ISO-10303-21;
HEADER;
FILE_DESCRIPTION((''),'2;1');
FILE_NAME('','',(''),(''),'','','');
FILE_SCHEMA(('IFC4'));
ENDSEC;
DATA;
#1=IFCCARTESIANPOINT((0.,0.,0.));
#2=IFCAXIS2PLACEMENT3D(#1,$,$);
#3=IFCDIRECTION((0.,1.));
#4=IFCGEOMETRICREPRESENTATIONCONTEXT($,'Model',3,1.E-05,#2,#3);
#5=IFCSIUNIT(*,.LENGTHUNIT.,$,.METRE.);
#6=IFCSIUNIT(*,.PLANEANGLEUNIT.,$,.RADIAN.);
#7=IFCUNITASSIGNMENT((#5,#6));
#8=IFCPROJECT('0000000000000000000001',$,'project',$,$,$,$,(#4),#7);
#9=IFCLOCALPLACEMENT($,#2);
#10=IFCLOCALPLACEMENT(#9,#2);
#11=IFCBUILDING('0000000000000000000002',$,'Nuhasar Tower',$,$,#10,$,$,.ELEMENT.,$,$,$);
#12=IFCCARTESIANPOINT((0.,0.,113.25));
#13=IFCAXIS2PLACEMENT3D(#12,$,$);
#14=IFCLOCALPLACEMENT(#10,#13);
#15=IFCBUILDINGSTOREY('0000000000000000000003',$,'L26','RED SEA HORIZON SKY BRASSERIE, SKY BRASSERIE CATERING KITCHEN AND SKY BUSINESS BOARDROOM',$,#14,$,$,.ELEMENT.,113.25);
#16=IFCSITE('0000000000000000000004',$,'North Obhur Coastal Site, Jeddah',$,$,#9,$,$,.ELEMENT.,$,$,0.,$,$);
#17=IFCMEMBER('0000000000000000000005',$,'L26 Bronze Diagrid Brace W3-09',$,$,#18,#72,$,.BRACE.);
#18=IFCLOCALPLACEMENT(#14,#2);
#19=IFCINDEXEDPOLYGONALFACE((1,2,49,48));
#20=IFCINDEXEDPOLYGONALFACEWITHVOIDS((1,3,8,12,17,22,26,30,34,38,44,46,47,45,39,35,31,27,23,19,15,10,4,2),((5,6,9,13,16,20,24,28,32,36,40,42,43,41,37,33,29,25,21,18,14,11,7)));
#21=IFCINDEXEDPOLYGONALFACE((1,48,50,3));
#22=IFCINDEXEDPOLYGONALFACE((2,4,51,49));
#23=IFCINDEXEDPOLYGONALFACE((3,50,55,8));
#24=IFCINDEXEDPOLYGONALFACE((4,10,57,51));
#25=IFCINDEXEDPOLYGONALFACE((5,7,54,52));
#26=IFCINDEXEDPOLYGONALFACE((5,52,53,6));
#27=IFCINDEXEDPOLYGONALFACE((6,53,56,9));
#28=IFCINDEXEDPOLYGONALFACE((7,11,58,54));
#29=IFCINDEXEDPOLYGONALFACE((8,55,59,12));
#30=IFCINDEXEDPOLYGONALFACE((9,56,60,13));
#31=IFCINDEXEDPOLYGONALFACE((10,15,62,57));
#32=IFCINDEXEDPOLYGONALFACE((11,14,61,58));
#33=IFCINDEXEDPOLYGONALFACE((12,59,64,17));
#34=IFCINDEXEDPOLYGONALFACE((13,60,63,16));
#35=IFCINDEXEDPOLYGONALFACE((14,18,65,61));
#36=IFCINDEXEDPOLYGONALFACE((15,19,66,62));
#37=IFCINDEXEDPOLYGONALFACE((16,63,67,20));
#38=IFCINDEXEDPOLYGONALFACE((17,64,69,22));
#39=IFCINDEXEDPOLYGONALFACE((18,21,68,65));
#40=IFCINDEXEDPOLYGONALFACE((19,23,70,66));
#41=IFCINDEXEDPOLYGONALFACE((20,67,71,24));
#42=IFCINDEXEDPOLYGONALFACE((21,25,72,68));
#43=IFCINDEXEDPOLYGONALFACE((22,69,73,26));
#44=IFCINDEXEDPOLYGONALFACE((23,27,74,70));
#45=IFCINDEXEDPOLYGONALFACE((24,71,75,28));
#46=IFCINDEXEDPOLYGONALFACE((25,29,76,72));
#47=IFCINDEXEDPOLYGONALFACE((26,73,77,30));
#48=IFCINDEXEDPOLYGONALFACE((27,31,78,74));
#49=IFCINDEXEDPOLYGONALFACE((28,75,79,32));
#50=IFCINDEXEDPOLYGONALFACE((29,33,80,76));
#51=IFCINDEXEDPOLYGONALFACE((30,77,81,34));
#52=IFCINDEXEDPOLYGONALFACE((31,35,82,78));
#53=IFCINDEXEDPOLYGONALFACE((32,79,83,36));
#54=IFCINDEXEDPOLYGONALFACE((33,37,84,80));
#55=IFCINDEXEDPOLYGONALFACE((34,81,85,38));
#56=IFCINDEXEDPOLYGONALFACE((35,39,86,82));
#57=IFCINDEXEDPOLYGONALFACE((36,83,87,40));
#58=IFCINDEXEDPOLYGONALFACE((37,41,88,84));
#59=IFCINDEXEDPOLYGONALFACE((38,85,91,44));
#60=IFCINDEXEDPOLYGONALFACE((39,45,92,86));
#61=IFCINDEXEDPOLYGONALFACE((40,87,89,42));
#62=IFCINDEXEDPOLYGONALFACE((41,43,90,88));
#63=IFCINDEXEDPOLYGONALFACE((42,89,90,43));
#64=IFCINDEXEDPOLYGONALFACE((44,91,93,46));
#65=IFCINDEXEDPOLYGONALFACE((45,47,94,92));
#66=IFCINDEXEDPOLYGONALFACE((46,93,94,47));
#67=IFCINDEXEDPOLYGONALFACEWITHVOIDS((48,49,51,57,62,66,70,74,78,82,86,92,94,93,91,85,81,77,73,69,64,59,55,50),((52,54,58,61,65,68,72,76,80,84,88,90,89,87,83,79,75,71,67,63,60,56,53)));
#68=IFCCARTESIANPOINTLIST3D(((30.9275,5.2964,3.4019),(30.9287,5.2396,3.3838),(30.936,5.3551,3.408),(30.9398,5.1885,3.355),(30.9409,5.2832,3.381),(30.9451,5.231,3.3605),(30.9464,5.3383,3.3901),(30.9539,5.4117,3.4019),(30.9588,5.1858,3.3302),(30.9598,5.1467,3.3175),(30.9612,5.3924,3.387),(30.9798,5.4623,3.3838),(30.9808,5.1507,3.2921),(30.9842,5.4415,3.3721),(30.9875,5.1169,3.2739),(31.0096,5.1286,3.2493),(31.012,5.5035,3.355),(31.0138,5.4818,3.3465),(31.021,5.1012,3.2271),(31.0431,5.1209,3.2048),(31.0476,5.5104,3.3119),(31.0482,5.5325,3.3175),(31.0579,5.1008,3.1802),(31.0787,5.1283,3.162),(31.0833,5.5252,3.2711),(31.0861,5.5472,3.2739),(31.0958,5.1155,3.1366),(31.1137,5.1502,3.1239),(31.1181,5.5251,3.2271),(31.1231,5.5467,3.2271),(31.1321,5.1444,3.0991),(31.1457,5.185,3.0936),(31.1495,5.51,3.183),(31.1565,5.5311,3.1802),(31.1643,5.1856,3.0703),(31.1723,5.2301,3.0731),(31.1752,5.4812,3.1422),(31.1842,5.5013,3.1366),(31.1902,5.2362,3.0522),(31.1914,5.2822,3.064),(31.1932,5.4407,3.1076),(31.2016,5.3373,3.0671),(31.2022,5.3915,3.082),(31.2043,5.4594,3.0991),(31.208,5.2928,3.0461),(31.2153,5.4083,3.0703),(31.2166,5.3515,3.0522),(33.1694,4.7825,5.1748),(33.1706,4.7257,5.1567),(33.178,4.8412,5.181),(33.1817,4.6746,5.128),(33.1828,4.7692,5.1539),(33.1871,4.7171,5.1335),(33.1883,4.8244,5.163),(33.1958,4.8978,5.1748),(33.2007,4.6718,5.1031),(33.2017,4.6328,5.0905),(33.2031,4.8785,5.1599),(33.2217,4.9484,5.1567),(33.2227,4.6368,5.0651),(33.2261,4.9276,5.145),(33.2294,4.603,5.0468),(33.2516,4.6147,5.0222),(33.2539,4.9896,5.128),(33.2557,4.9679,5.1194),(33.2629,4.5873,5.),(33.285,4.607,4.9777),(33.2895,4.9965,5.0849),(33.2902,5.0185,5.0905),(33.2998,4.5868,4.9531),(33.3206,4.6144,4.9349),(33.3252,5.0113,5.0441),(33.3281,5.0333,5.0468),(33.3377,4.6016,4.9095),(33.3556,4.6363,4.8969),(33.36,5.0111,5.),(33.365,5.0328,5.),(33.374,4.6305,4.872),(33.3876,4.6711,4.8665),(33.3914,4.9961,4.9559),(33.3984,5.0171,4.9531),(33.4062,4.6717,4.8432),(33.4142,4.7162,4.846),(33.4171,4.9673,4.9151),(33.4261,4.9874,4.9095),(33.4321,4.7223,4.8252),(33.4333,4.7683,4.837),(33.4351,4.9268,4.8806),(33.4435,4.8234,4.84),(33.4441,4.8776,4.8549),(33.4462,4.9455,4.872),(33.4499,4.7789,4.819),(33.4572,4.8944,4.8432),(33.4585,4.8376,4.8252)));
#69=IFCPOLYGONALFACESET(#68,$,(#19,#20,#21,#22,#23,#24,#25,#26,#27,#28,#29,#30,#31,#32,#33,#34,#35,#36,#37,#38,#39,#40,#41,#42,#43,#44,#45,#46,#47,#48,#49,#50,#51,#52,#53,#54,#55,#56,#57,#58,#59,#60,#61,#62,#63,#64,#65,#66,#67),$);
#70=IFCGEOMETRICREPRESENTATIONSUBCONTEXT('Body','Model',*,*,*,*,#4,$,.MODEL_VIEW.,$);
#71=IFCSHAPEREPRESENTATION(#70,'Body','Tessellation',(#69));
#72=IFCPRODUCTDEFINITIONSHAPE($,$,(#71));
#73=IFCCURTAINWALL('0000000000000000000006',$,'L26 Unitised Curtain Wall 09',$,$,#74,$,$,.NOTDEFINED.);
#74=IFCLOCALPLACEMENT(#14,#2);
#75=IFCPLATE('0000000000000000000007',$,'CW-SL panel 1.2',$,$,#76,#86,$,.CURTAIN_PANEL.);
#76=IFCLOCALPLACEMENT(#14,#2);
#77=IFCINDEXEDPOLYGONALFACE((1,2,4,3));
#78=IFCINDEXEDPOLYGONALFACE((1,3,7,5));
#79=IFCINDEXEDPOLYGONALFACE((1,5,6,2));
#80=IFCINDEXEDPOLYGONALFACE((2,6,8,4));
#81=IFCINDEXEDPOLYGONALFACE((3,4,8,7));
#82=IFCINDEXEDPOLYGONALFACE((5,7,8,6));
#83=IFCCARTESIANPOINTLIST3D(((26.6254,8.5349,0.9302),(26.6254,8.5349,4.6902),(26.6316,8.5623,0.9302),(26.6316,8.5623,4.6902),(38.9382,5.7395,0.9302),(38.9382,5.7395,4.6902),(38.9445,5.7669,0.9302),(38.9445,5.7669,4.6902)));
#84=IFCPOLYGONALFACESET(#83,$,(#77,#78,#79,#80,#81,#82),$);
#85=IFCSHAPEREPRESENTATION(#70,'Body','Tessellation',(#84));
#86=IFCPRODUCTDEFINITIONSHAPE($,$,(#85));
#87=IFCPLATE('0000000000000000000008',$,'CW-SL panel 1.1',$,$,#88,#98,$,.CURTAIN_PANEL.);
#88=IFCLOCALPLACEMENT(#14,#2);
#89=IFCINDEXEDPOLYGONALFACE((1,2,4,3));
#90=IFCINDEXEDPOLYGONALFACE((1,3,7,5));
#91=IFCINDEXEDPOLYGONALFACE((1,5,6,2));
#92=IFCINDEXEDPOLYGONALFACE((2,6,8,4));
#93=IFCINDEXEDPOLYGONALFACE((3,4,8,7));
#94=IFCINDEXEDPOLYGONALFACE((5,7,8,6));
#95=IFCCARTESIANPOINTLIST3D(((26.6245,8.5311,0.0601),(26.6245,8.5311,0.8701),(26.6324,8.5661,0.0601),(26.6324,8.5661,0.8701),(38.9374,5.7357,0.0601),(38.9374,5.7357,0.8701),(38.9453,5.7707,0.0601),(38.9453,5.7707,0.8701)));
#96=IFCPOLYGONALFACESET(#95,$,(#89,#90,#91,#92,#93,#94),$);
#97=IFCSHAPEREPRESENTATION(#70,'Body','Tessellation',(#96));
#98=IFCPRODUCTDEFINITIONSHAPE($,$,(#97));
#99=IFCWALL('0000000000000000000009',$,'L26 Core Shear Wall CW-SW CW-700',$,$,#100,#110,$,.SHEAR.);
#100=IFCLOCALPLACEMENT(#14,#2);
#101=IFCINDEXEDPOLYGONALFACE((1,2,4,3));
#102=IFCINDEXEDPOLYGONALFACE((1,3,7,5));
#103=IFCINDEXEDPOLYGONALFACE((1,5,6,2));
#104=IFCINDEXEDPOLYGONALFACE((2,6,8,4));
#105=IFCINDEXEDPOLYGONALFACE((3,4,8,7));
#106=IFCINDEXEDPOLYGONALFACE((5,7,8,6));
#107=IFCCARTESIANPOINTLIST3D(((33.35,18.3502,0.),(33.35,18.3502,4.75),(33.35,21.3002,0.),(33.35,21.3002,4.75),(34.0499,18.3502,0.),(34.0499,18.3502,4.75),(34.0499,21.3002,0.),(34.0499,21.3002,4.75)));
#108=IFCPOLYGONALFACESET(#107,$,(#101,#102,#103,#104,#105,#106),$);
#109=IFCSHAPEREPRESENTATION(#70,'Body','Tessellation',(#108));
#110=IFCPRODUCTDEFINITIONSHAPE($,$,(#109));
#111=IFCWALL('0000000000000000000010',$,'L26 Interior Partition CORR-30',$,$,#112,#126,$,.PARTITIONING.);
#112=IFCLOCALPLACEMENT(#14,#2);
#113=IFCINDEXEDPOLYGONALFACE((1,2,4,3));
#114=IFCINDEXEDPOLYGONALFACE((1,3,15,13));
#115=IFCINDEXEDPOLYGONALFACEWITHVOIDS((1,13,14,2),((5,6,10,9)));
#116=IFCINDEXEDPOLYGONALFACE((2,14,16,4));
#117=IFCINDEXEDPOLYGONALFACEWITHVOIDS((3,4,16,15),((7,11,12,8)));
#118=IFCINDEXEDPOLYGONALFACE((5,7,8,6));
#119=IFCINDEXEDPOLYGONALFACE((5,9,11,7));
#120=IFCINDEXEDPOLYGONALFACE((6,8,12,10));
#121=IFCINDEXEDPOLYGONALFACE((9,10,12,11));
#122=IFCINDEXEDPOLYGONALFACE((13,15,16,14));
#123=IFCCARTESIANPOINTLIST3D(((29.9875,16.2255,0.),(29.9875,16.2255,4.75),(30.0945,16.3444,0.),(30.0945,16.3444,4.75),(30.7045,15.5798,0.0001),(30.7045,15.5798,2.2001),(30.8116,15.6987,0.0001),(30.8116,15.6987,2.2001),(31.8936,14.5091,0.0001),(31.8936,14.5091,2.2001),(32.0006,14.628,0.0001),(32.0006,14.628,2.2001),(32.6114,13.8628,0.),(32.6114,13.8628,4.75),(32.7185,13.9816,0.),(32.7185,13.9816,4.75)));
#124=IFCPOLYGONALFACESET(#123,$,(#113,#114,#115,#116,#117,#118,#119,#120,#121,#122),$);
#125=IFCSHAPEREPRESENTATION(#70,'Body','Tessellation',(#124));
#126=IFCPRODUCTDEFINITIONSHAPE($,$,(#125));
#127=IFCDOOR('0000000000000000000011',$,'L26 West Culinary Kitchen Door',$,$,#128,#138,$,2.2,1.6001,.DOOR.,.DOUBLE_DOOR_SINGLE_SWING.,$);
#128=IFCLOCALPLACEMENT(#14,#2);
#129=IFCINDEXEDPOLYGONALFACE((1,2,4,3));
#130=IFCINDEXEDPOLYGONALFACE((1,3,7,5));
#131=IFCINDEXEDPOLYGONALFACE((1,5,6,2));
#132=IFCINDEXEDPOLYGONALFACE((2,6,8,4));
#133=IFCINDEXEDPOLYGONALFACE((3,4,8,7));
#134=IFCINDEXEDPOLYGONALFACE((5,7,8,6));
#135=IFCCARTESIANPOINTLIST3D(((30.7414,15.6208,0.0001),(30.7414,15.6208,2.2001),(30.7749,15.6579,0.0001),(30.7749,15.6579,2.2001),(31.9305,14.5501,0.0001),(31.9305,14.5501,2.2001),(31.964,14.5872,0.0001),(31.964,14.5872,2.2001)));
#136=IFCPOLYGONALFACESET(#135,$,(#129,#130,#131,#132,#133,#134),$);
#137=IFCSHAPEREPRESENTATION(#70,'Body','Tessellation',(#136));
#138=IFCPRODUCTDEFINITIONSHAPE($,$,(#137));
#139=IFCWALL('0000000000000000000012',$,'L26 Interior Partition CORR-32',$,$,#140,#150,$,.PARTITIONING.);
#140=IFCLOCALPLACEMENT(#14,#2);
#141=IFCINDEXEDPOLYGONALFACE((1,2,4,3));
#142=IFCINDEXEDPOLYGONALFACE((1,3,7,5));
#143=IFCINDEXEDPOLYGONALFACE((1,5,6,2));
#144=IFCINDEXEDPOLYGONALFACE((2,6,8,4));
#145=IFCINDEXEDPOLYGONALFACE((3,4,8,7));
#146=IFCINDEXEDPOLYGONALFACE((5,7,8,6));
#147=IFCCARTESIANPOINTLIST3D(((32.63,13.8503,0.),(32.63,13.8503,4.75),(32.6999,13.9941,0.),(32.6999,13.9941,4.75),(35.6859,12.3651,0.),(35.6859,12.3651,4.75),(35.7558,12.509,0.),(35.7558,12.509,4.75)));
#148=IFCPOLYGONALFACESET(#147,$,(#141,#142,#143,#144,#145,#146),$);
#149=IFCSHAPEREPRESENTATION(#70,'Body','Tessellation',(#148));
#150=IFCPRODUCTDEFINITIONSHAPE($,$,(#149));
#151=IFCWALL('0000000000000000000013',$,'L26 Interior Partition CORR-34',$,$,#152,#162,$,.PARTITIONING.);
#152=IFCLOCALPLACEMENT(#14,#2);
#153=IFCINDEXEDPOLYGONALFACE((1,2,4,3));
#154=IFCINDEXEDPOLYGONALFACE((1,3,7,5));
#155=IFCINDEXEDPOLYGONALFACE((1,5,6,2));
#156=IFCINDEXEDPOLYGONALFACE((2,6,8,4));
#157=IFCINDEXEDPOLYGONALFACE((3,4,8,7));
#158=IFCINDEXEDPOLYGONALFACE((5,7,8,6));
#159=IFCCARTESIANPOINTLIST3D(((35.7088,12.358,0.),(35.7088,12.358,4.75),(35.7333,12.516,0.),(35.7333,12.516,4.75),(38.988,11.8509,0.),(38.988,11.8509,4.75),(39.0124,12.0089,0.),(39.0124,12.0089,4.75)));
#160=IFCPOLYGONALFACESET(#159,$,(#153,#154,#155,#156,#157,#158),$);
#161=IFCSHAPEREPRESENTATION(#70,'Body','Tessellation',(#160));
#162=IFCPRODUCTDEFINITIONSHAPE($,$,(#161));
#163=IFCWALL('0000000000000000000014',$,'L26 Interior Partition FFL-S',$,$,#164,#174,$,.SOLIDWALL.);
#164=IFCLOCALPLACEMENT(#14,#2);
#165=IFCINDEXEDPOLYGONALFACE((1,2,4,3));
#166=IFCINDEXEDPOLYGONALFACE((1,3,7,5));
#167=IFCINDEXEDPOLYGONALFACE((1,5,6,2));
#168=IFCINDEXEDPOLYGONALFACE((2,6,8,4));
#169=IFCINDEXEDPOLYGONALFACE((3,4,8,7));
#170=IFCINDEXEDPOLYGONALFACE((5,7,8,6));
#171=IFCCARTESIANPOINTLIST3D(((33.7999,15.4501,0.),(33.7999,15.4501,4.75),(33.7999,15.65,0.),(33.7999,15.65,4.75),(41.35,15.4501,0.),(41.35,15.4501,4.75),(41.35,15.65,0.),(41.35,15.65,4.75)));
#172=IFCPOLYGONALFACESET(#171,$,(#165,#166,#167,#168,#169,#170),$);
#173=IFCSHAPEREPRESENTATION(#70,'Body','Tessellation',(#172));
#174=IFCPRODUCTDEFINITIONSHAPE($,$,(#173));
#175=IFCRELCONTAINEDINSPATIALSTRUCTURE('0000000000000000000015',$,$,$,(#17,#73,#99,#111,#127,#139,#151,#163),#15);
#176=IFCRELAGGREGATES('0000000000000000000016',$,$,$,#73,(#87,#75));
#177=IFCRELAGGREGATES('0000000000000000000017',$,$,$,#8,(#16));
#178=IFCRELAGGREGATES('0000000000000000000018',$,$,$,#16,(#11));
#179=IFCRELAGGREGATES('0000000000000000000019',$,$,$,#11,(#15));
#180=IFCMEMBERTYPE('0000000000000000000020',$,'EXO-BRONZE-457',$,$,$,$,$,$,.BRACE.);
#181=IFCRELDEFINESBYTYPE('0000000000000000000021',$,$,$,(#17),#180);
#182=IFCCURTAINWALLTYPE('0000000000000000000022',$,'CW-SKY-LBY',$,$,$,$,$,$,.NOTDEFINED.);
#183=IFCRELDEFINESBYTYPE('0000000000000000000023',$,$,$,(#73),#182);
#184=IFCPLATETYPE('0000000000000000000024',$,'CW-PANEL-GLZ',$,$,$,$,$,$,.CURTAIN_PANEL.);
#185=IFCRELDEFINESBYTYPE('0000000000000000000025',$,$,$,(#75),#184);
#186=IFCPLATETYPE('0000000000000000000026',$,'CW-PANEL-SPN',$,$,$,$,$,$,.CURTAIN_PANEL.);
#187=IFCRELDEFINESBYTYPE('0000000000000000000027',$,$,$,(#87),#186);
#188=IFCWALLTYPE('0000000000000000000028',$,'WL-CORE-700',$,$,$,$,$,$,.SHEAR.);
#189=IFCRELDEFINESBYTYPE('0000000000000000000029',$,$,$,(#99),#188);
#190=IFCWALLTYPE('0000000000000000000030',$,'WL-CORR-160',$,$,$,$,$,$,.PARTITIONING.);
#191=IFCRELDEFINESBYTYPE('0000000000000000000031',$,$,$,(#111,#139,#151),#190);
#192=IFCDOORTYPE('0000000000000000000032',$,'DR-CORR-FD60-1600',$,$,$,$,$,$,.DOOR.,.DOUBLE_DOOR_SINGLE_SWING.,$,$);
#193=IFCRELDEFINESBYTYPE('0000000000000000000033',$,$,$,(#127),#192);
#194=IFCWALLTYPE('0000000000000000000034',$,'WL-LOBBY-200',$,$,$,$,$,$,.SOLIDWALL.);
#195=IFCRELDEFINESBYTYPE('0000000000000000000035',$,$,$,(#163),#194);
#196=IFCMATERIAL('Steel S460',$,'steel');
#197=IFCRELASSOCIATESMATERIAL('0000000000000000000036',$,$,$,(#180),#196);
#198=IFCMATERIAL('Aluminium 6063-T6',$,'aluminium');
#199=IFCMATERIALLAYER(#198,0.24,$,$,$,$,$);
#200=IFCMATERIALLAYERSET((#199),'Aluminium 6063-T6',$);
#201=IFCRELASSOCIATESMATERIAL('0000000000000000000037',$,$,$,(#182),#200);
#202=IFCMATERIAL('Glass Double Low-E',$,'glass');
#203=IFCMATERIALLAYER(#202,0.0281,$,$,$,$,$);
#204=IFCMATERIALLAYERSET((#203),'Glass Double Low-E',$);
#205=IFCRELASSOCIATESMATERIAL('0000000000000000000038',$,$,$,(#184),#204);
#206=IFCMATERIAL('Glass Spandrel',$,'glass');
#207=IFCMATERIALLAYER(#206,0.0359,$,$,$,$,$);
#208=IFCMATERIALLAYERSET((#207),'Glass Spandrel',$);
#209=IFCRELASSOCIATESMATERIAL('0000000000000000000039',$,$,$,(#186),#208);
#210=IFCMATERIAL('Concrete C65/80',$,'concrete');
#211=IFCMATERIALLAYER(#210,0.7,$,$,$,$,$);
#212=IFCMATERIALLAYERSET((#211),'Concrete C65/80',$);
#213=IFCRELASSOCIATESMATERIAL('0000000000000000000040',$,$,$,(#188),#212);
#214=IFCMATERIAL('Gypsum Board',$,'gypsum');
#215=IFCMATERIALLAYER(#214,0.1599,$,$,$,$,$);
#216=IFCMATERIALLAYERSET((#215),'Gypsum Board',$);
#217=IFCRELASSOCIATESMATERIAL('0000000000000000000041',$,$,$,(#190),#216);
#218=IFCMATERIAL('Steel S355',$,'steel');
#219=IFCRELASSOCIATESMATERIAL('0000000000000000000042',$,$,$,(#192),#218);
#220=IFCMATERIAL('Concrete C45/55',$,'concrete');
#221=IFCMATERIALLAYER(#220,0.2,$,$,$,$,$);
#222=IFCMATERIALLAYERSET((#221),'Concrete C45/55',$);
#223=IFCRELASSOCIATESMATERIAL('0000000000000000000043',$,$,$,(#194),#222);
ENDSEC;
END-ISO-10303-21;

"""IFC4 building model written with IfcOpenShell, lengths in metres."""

from ifc_helpers import new_model, si_unit, direction, frame, frame_2d, origin, origin_2d, place, context, subcontext, project, spatial, rectangle, hollow_circle, extrude, material, layer, layer_set, material_profile, profile_set, type_object, element, fill, aggregate, save


model = new_model("IFC4")

# Units and contexts
model_context = context("Model", 3, precision=1e-05, world=origin(), true_north=direction((0.0, 1.0)))
body_context = subcontext(model_context, "Body", "Model", "MODEL_VIEW")
ifc_project = project(units=[si_unit("LENGTHUNIT", "METRE"), si_unit("PLANEANGLEUNIT", "RADIAN")], contexts=[model_context])

# Site, building, storey
site_placement = place(None, origin())
site = spatial("IfcSite", under=ifc_project, at=site_placement, Name="North Obhur Coastal Site, Jeddah", CompositionType="ELEMENT", RefElevation=0.0)
building_placement = place(site_placement, origin())
building = spatial("IfcBuilding", under=site, at=building_placement, Name="Nuhasar Tower", CompositionType="ELEMENT")
storey_placement = place(building_placement, frame((0.0, 0.0, 113.25)))
storey = spatial("IfcBuildingStorey", under=building, at=storey_placement, Name="L26", Description="RED SEA HORIZON SKY BRASSERIE, SKY BRASSERIE CATERING KITCHEN AND SKY BUSINESS BOARDROOM", CompositionType="ELEMENT", Elevation=113.25)

# Shared definitions
ifc_material_1 = material(Name="Concrete C65/80", Category="concrete")

# Shared definitions
ifc_material_2 = material(Name="Steel S460", Category="steel")

# Member
ifc_material_profile_1 = material_profile(ifc_material_2, hollow_circle(Radius=0.2285, WallThickness=0.0222, at=origin_2d()), Name="HSS457X22.2")
ifc_profile_set_1 = profile_set([ifc_material_profile_1], Name="Steel S460")
member_type = type_object("IfcMemberType", Name="EXO-BRONZE-457", PredefinedType="BRACE", material=ifc_profile_set_1)
member_1_placement = place(storey_placement, frame((31.072, 5.324, 3.2271), z_axis=(0.771994, -0.176963, 0.6105), x_axis=(0.223433, 0.974719, 0.0)))
element("IfcMember", 1, at=member_1_placement, inside=storey, type_object=member_type, Name="L26 Bronze Diagrid Brace W3-09", PredefinedType="BRACE", context=body_context, shape_type="SweptSolid", body=[
    extrude(hollow_circle(Radius=0.2285, WallThickness=0.0222, at=origin_2d()), origin(), (0.0, 0.0, 1.0), 2.9041),
])

# Curtain wall, plates
ifc_material_3 = material(Name="Aluminium 6063-T6", Category="aluminium")
ifc_layer_1 = layer(ifc_material_3, 0.24)
ifc_layer_set_1 = layer_set([ifc_layer_1], Name="Aluminium 6063-T6")
curtain_wall_type = type_object("IfcCurtainWallType", Name="CW-SKY-LBY", PredefinedType="NOTDEFINED", material=ifc_layer_set_1)
curtain_wall_placement = place(storey_placement, origin())
curtain_wall = element("IfcCurtainWall", 2, at=curtain_wall_placement, inside=storey, type_object=curtain_wall_type, Name="L26 Unitised Curtain Wall 09", PredefinedType="NOTDEFINED")
ifc_material_4 = material(Name="Glass Double Low-E", Category="glass")
ifc_layer_2 = layer(ifc_material_4, 0.0281)
ifc_layer_set_2 = layer_set([ifc_layer_2], Name="Glass Double Low-E")
plate_type_1 = type_object("IfcPlateType", Name="CW-PANEL-GLZ", PredefinedType="CURTAIN_PANEL", material=ifc_layer_set_2)
plate_1_placement = place(storey_placement, frame((32.7849, 7.1509, 0.9302), z_axis=(0.0, 0.0, 1.0), x_axis=(0.975184, -0.221397, 0.0)))
plate_1 = element("IfcPlate", 3, at=plate_1_placement, type_object=plate_type_1, Name="CW-SL panel 1.2", PredefinedType="CURTAIN_PANEL", context=body_context, shape_type="SweptSolid", body=[
    extrude(rectangle(XDim=12.6262, YDim=0.0281, at=origin_2d()), origin(), (0.0, 0.0, 1.0), 3.76),
])
ifc_material_5 = material(Name="Glass Spandrel", Category="glass")
ifc_layer_3 = layer(ifc_material_5, 0.0359)
ifc_layer_set_3 = layer_set([ifc_layer_3], Name="Glass Spandrel")
plate_type_2 = type_object("IfcPlateType", Name="CW-PANEL-SPN", PredefinedType="CURTAIN_PANEL", material=ifc_layer_set_3)
plate_2_placement = place(storey_placement, frame((32.7849, 7.1509, 0.0601), z_axis=(0.0, 0.0, 1.0), x_axis=(0.975184, -0.221397, 0.0)))
plate_2 = element("IfcPlate", 4, at=plate_2_placement, type_object=plate_type_2, Name="CW-SL panel 1.1", PredefinedType="CURTAIN_PANEL", context=body_context, shape_type="SweptSolid", body=[
    extrude(rectangle(XDim=12.6262, YDim=0.0359, at=origin_2d()), origin(), (0.0, 0.0, 1.0), 0.8101),
])
aggregate(curtain_wall, [plate_2, plate_1])

# Wall
ifc_layer_4 = layer(ifc_material_1, 0.7)
ifc_layer_set_4 = layer_set([ifc_layer_4], Name="Concrete C65/80")
wall_type_1 = type_object("IfcWallType", Name="WL-CORE-700", PredefinedType="SHEAR", material=ifc_layer_set_4)
wall_1_placement = place(storey_placement, frame((33.7, 18.3501, 0.0), z_axis=(0.0, 0.0, 1.0), x_axis=(0.0, 1.0, 0.0)))
element("IfcWall", 5, at=wall_1_placement, inside=storey, type_object=wall_type_1, Name="L26 Core Shear Wall CW-SW CW-700", PredefinedType="SHEAR", context=body_context, shape_type="SweptSolid", body=[
    extrude(rectangle(XDim=2.95, YDim=0.7, at=frame_2d((1.4751, 0.0))), origin(), (0.0, 0.0, 1.0), 4.75),
])

# Wall, opening, door
ifc_material_6 = material(Name="Gypsum Board", Category="gypsum")
ifc_layer_5 = layer(ifc_material_6, 0.1599)
ifc_layer_set_5 = layer_set([ifc_layer_5], Name="Gypsum Board")
wall_type_2 = type_object("IfcWallType", Name="WL-CORR-160", PredefinedType="PARTITIONING", material=ifc_layer_set_5)
wall_2_placement = place(storey_placement, frame((32.665, 13.9221, 0.0), z_axis=(0.0, 0.0, 1.0), x_axis=(-0.743129, 0.669148, 0.0)))
wall_2 = element("IfcWall", 6, at=wall_2_placement, inside=storey, type_object=wall_type_2, Name="L26 Interior Partition CORR-30", PredefinedType="PARTITIONING", context=body_context, shape_type="SweptSolid", body=[
    extrude(rectangle(XDim=3.531, YDim=0.1599, at=frame_2d((1.7656, 0.0))), origin(), (0.0, 0.0, 1.0), 4.75),
])
opening_1_placement = place(wall_2_placement, frame((0.9661, 0.0, 0.0)))
opening_1 = element("IfcOpeningElement", 7, at=opening_1_placement, cuts=wall_2, PredefinedType="OPENING", context=body_context, shape_type="SweptSolid", body=[
    extrude(rectangle(XDim=1.6001, YDim=2.2, at=frame_2d((0.8, 1.1001))), frame((0.0, 0.0898, 0.0), z_axis=(0.0, -1.0, 0.0), x_axis=(1.0, 0.0, 0.0)), (0.0, 0.0, 1.0), 0.1799),
])
ifc_material_7 = material(Name="Steel S355", Category="steel")
door_type_1 = type_object("IfcDoorType", Name="DR-CORR-FD60-1600", OperationType="DOUBLE_DOOR_SINGLE_SWING", PredefinedType="DOOR", material=ifc_material_7)
door_1_placement = place(opening_1_placement, origin())
door_1 = element("IfcDoor", 8, at=door_1_placement, inside=storey, type_object=door_type_1, Name="L26 West Culinary Kitchen Door", OperationType="DOUBLE_DOOR_SINGLE_SWING", OverallHeight=2.2, OverallWidth=1.6001, PredefinedType="DOOR", context=body_context, shape_type="SweptSolid", body=[
    extrude(rectangle(XDim=1.6001, YDim=2.2, at=frame_2d((0.8, 1.1001))), frame((0.0, 0.0249, 0.0), z_axis=(0.0, -1.0, 0.0), x_axis=(1.0, 0.0, 0.0)), (0.0, 0.0, 1.0), 0.05),
])
fill(opening_1, door_1)

# Walls
wall_3_placement = place(storey_placement, frame((32.665, 13.9221, 0.0), z_axis=(0.0, 0.0, 1.0), x_axis=(0.899415, -0.437097, 0.0)))
element("IfcWall", 9, at=wall_3_placement, inside=storey, type_object=wall_type_2, Name="L26 Interior Partition CORR-32", PredefinedType="PARTITIONING", context=body_context, shape_type="SweptSolid", body=[
    extrude(rectangle(XDim=3.3977, YDim=0.1599, at=frame_2d((1.6987, 0.0))), origin(), (0.0, 0.0, 1.0), 4.75),
])
wall_4_placement = place(storey_placement, frame((35.7209, 12.437, 0.0), z_axis=(0.0, 0.0, 1.0), x_axis=(0.988253, -0.152826, 0.0)))
element("IfcWall", 10, at=wall_4_placement, inside=storey, type_object=wall_type_2, Name="L26 Interior Partition CORR-34", PredefinedType="PARTITIONING", context=body_context, shape_type="SweptSolid", body=[
    extrude(rectangle(XDim=3.3181, YDim=0.1599, at=frame_2d((1.6592, 0.0))), origin(), (0.0, 0.0, 1.0), 4.75),
])
ifc_material_8 = material(Name="Concrete C45/55", Category="concrete")
ifc_layer_6 = layer(ifc_material_8, 0.2)
ifc_layer_set_6 = layer_set([ifc_layer_6], Name="Concrete C45/55")
wall_type_3 = type_object("IfcWallType", Name="WL-LOBBY-200", PredefinedType="SOLIDWALL", material=ifc_layer_set_6)
wall_5_placement = place(storey_placement, frame((33.8, 15.55, 0.0), z_axis=(0.0, 0.0, 1.0), x_axis=(1.0, 0.0, 0.0)))
element("IfcWall", 11, at=wall_5_placement, inside=storey, type_object=wall_type_3, Name="L26 Interior Partition FFL-S", PredefinedType="SOLIDWALL", context=body_context, shape_type="SweptSolid", body=[
    extrude(rectangle(XDim=7.55, YDim=0.2, at=frame_2d((3.7749, 0.0))), origin(), (0.0, 0.0, 1.0), 4.75),
])

save(model, "model.ifc")
